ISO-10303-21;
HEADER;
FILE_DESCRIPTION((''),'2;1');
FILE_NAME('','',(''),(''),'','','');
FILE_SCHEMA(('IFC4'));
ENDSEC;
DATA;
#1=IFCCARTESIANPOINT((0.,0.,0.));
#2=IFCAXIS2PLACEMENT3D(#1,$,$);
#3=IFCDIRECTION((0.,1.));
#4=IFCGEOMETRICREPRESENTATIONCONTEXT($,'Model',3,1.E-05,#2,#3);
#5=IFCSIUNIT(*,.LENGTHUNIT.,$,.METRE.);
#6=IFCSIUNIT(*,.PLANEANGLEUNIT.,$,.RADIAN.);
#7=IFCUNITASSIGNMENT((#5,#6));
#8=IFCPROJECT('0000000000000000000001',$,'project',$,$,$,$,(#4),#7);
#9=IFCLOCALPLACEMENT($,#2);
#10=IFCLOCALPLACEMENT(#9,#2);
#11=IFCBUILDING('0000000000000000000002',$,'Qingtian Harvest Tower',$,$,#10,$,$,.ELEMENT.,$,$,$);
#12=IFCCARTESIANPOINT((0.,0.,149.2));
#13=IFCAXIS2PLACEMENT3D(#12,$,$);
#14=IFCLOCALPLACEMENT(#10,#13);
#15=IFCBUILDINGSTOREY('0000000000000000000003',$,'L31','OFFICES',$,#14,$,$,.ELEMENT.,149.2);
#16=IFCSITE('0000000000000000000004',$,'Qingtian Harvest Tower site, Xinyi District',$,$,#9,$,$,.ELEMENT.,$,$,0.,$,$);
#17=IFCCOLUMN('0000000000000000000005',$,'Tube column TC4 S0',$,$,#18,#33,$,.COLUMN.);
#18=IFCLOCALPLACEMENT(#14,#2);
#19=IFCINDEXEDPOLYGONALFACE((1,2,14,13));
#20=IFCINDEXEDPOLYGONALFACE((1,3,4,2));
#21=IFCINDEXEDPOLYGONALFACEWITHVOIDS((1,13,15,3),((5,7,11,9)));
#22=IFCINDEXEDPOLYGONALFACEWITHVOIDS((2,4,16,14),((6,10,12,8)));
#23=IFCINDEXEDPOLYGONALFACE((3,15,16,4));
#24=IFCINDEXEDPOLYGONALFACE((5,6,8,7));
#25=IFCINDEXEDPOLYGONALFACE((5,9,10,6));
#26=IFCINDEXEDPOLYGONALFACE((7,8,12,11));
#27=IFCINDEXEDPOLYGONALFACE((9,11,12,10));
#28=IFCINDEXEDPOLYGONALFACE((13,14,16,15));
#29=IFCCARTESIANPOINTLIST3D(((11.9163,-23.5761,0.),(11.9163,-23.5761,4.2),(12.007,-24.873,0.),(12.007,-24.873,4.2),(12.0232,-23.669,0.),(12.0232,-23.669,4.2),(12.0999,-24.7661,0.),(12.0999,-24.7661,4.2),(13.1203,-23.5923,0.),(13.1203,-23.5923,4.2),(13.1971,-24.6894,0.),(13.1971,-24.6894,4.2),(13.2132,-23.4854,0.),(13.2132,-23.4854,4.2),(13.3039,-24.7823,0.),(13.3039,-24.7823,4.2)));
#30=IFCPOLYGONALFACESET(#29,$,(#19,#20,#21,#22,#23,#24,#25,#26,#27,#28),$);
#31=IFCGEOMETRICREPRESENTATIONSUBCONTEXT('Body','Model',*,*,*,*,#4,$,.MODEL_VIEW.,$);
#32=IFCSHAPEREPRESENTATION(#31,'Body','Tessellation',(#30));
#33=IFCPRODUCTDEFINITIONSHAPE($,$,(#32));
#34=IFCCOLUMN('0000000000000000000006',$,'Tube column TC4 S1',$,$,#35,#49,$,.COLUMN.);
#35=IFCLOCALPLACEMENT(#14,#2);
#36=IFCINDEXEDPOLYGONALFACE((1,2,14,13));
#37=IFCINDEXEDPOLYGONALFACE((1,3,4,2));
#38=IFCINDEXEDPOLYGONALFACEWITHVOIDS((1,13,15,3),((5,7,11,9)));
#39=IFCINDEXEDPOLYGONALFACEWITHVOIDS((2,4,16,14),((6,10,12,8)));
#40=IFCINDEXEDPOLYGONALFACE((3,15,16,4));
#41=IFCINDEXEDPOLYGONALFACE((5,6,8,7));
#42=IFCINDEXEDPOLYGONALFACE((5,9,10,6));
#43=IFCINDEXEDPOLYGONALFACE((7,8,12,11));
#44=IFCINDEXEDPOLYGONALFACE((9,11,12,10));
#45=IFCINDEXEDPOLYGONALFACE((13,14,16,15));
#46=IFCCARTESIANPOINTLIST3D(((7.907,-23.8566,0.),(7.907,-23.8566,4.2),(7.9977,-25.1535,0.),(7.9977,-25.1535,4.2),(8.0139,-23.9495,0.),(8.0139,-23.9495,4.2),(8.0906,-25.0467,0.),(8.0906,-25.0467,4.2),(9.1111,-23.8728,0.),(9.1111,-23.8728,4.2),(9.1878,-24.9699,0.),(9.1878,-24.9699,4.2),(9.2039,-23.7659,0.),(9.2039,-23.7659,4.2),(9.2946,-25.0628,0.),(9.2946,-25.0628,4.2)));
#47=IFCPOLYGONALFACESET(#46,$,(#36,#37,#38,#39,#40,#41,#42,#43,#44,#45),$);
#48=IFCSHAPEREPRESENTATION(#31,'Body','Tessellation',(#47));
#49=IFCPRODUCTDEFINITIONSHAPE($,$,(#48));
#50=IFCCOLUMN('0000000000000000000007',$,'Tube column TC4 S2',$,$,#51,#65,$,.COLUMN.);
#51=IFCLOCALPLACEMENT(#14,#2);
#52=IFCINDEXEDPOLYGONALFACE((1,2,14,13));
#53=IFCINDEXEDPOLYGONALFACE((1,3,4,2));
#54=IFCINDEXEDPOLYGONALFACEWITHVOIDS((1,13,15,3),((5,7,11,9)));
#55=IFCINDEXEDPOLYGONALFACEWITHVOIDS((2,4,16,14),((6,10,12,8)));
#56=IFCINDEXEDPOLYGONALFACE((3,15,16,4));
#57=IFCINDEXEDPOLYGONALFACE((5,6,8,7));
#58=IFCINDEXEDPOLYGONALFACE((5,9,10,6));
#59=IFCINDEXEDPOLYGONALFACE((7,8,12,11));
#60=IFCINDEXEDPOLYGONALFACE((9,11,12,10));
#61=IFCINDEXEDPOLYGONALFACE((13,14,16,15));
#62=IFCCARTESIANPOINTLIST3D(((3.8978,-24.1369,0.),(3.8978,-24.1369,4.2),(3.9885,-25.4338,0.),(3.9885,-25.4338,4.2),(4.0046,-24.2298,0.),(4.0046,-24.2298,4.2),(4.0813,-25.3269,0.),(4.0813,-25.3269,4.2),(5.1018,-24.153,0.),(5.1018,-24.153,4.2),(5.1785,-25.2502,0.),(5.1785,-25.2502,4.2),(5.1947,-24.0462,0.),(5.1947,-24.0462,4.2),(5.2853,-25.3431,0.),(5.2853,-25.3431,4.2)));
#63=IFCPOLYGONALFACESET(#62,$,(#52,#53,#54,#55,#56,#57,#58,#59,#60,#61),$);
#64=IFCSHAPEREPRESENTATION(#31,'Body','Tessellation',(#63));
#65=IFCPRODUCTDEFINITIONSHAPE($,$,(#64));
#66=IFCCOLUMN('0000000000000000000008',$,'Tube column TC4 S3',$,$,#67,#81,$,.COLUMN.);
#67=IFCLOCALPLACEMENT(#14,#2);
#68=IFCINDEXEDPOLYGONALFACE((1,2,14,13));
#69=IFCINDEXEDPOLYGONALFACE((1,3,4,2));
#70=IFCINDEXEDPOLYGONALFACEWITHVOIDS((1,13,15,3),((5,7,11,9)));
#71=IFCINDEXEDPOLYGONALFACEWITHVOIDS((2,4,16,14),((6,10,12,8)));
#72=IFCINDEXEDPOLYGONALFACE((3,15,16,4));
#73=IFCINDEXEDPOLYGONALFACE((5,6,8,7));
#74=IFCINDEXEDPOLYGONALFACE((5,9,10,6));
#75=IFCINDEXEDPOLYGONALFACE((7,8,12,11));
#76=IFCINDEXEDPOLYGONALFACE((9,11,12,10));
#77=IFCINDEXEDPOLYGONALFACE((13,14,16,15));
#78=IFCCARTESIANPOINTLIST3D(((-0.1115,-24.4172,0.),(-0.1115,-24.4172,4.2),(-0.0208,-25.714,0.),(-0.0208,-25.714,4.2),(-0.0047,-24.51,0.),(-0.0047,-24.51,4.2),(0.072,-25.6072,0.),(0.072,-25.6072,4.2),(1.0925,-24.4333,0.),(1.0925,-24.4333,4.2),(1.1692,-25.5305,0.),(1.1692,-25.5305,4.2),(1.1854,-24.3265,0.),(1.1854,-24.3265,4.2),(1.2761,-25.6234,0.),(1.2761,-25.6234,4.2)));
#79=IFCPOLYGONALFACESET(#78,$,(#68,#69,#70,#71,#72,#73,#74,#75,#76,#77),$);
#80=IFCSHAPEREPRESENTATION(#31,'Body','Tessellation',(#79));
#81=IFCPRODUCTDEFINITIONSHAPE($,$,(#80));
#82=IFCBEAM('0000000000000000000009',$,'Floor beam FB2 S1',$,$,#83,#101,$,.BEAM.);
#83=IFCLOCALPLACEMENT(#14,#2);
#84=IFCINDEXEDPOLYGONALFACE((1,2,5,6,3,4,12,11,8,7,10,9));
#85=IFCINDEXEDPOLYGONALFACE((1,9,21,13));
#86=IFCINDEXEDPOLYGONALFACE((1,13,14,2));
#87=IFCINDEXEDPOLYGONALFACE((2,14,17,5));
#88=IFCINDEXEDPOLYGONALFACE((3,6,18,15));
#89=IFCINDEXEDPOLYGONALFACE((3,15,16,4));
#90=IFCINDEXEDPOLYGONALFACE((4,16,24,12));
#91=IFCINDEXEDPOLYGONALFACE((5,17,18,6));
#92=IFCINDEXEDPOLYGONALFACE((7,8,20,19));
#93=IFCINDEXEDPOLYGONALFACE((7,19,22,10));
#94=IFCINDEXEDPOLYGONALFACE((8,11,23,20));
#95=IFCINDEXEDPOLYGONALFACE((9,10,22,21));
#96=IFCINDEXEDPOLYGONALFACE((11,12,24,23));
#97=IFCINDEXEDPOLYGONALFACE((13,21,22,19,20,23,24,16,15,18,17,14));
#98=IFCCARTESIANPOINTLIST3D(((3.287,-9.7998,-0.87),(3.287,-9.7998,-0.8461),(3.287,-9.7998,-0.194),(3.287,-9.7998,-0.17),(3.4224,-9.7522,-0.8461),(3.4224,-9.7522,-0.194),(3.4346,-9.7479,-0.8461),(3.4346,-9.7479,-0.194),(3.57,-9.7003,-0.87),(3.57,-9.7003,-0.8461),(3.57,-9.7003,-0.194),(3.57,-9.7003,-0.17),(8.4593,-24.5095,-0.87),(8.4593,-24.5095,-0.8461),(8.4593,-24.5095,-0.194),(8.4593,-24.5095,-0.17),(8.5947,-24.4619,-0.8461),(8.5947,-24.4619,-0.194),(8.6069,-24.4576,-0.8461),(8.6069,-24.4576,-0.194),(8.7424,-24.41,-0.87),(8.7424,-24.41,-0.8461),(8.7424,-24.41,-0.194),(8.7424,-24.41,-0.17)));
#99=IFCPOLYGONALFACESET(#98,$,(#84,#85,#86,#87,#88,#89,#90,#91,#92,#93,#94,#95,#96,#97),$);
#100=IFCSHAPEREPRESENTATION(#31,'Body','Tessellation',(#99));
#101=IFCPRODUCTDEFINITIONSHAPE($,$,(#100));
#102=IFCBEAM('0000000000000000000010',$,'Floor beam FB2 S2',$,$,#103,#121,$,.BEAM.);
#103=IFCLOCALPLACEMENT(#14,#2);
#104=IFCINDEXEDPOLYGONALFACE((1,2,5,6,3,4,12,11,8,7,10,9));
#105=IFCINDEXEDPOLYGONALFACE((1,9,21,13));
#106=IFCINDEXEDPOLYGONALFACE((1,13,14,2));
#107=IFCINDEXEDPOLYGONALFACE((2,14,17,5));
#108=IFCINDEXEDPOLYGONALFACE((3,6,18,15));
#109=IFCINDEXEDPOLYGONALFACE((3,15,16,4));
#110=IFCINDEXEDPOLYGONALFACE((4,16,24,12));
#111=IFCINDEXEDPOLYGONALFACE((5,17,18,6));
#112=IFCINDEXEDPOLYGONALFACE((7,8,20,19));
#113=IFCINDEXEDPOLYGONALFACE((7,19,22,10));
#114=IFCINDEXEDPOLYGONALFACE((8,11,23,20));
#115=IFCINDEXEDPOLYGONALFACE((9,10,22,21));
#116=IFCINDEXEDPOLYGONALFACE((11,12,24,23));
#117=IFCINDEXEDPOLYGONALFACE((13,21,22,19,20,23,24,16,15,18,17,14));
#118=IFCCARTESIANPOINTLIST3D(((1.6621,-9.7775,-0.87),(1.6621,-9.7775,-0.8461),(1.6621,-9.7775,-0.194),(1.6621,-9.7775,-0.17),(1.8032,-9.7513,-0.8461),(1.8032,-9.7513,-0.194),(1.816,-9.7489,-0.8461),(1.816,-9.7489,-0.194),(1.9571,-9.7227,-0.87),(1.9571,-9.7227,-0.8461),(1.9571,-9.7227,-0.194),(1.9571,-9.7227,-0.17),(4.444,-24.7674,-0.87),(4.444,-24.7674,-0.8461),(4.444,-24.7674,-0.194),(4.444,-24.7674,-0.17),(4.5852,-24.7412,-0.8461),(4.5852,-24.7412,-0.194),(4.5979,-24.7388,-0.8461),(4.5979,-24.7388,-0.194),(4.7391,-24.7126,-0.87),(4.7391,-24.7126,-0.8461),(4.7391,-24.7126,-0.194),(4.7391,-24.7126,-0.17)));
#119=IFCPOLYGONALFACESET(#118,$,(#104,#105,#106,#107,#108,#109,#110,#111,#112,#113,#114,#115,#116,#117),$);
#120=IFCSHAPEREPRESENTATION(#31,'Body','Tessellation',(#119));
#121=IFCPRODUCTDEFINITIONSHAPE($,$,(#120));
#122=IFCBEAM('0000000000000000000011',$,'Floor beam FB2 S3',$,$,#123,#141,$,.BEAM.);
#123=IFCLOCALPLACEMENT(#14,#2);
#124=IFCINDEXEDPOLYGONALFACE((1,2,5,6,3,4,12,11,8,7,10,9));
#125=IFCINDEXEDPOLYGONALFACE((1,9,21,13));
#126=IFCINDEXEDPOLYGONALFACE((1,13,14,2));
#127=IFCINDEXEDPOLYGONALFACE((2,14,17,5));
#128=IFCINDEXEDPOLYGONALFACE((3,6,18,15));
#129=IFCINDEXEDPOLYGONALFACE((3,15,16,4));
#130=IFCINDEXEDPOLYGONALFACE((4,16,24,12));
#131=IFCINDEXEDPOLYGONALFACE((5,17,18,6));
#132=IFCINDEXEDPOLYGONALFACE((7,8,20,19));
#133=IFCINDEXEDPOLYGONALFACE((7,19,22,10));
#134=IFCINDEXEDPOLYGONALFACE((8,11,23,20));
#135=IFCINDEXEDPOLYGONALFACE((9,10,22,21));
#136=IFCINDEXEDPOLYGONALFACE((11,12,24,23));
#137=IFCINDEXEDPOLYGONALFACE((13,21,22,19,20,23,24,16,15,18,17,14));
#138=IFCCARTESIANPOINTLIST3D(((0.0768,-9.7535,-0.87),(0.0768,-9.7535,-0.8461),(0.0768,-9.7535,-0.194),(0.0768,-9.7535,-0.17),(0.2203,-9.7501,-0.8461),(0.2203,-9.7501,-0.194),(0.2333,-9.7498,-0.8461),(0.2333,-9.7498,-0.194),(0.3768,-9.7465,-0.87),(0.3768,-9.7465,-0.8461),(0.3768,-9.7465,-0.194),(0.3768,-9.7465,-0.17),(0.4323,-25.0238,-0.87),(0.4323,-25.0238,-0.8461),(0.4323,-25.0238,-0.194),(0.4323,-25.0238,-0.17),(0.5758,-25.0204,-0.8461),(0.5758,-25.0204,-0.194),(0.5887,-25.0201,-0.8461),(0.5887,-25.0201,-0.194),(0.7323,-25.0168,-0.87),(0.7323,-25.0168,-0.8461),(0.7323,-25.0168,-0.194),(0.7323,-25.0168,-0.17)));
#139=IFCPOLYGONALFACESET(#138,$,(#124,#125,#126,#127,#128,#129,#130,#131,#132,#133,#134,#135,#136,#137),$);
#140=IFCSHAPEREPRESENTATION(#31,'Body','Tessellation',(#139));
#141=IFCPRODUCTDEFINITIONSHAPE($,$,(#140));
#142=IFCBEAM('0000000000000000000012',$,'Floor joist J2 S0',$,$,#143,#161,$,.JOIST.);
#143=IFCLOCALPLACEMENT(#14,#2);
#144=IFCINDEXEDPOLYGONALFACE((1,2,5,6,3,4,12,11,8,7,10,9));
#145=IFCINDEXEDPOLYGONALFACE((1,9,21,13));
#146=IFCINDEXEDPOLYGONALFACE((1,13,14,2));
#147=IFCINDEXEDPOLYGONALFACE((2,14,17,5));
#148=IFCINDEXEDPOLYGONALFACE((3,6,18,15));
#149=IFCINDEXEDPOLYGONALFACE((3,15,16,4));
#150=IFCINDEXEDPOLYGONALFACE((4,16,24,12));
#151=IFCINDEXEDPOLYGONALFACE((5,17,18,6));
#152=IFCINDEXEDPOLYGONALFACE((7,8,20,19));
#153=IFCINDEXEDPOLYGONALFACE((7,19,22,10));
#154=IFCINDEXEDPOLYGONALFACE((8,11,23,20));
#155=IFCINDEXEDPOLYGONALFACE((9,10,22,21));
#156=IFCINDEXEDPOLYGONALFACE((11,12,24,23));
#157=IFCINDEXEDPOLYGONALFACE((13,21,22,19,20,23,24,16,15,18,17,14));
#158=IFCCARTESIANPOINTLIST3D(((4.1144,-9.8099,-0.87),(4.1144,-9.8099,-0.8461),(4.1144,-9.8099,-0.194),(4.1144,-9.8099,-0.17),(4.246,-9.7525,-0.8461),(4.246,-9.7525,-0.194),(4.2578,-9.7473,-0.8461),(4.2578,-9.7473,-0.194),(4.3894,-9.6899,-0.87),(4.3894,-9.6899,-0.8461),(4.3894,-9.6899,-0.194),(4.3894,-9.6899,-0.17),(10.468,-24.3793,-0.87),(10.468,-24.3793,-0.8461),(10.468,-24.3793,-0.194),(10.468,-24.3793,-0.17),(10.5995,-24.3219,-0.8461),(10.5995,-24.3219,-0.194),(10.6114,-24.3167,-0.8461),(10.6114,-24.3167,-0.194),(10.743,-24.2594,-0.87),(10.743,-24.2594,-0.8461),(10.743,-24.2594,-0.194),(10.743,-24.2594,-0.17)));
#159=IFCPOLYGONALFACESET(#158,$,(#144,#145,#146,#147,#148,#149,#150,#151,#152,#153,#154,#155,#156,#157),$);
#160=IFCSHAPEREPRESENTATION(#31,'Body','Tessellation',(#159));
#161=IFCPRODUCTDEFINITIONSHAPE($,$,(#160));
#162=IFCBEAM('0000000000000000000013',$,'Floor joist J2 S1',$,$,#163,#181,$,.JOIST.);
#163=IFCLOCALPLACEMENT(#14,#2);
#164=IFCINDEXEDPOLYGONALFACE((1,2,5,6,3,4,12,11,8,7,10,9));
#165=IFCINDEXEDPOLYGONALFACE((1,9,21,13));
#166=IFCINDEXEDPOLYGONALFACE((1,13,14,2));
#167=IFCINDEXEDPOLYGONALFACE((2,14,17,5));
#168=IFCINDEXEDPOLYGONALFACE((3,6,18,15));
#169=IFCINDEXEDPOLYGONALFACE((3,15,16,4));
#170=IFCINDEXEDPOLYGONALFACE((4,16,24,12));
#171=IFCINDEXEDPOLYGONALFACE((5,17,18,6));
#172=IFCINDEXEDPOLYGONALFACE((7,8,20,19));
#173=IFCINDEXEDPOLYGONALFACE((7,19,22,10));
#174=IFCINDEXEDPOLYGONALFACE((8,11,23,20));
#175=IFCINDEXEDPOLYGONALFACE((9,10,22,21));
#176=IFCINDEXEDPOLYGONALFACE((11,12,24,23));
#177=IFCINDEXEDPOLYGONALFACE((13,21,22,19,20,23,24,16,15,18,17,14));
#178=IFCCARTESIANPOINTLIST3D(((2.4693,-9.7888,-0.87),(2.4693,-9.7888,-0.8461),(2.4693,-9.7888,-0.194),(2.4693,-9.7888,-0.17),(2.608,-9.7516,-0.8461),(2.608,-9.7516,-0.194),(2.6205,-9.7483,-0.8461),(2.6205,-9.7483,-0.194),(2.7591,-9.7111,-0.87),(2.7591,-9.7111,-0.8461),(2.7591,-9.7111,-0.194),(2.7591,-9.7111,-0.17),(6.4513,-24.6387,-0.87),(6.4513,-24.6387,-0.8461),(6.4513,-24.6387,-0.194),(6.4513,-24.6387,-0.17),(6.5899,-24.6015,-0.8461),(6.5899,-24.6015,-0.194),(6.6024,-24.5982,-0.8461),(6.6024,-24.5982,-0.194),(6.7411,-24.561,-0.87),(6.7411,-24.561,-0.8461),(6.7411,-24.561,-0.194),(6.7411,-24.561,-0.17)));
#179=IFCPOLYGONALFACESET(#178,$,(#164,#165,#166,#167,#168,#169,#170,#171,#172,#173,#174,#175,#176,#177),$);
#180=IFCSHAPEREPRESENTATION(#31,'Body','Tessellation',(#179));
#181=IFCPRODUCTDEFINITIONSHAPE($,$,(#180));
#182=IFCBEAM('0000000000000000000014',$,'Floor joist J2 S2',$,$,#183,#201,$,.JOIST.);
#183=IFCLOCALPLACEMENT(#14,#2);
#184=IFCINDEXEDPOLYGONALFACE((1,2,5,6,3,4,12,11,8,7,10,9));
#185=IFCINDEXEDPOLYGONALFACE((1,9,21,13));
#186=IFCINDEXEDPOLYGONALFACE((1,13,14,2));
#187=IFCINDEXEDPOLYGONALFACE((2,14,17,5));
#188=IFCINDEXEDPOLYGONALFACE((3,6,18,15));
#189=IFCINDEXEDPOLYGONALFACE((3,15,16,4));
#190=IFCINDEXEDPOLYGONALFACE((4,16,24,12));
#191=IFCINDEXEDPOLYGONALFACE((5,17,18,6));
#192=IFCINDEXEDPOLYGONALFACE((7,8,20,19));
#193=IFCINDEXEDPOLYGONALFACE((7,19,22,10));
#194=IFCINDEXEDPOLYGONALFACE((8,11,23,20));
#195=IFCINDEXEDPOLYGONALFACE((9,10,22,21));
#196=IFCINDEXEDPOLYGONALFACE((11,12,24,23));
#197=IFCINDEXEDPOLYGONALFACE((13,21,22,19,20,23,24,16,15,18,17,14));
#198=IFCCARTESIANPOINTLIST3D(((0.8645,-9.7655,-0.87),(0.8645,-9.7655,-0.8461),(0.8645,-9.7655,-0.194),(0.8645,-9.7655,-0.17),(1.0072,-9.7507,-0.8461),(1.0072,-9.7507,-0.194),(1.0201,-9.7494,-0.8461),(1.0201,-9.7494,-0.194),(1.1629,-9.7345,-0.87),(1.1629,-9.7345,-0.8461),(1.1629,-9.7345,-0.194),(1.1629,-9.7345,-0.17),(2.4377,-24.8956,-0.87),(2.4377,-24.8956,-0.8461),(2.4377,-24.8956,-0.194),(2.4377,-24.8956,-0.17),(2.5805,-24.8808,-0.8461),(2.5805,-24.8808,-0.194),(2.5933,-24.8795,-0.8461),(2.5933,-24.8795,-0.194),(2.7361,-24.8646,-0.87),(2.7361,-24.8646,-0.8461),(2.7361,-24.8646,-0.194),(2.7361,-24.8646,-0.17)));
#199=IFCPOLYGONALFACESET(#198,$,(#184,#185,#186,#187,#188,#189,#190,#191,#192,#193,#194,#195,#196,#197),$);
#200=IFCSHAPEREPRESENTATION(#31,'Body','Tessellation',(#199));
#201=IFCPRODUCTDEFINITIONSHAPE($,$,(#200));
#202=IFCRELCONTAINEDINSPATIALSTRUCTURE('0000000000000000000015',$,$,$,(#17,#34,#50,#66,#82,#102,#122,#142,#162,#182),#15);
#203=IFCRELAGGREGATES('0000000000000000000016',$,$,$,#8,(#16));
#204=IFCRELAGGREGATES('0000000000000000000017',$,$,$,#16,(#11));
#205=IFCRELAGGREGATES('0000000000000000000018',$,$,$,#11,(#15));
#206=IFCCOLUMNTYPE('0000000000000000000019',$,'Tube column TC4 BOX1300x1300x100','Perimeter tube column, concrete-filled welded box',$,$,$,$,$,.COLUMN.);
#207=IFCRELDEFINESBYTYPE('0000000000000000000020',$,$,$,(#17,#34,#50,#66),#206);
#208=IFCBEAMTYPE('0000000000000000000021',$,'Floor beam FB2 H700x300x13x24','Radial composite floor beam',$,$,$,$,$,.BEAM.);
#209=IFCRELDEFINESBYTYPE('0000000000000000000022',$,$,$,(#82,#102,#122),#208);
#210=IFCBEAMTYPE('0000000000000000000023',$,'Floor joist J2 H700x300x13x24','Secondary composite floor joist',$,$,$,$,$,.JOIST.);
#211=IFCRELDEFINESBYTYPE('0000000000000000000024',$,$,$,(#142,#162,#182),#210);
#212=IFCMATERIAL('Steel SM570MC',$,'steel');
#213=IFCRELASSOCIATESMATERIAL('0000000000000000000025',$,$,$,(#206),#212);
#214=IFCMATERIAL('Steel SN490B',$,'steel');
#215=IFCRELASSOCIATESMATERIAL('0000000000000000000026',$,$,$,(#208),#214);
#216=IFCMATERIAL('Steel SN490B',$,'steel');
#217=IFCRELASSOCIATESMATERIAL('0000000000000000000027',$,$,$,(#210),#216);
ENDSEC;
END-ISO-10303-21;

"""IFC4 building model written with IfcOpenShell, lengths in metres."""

from ifc_helpers import new_model, si_unit, direction, frame, origin, origin_2d, place, context, subcontext, project, spatial, hollow_rectangle, i_section, extrude, material, material_profile, profile_set, type_object, element, save


model = new_model("IFC4")

# Units and contexts
model_context = context("Model", 3, precision=1e-05, world=origin(), true_north=direction((0.0, 1.0)))
body_context = subcontext(model_context, "Body", "Model", "MODEL_VIEW")
ifc_project = project(units=[si_unit("LENGTHUNIT", "METRE"), si_unit("PLANEANGLEUNIT", "RADIAN")], contexts=[model_context])

# Site, building, storey
site_placement = place(None, origin())
site = spatial("IfcSite", under=ifc_project, at=site_placement, Name="Qingtian Harvest Tower site, Xinyi District", CompositionType="ELEMENT", RefElevation=0.0)
building_placement = place(site_placement, origin())
building = spatial("IfcBuilding", under=site, at=building_placement, Name="Qingtian Harvest Tower", CompositionType="ELEMENT")
storey_placement = place(building_placement, frame((0.0, 0.0, 149.2)))
storey = spatial("IfcBuildingStorey", under=building, at=storey_placement, Name="L31", Description="OFFICES", CompositionType="ELEMENT", Elevation=149.2)

# Columns
ifc_material_1 = material(Name="Steel SM570MC", Category="steel")
ifc_material_profile_1 = material_profile(ifc_material_1, hollow_rectangle(XDim=1.3, YDim=1.3, WallThickness=0.1001, at=origin_2d()), Name="BOX1300x1300x100")
ifc_profile_set_1 = profile_set([ifc_material_profile_1], Name="Steel SM570MC")
column_type = type_object("IfcColumnType", Name="Tube column TC4 BOX1300x1300x100", Description="Perimeter tube column, concrete-filled welded box", PredefinedType="COLUMN", material=ifc_profile_set_1)
for number, where, z_axis, x_axis, name in (
    (1, (12.6101, -24.1792, 0.0), (0.0, 0.0, 1.0), (0.997564, 0.069756, 0.0), "Tube column TC4 S0"),
    (2, (8.6008, -24.4597, 0.0), (0.0, 0.0, 1.0), (0.997564, 0.069756, 0.0), "Tube column TC4 S1"),
    (3, (4.5916, -24.74, 0.0), (0.0, 0.0, 1.0), (0.997564, 0.069756, 0.0), "Tube column TC4 S2"),
    (4, (0.5823, -25.0203, 0.0), (0.0, 0.0, 1.0), (0.997564, 0.069756, 0.0), "Tube column TC4 S3"),
):
    element("IfcColumn", number, at=place(storey_placement, frame(where, z_axis=z_axis, x_axis=x_axis)), inside=storey, type_object=column_type, Name=name, PredefinedType="COLUMN", context=body_context, shape_type="SweptSolid", body=[
        extrude(hollow_rectangle(XDim=1.3, YDim=1.3, WallThickness=0.1001, at=origin_2d()), origin(), (0.0, 0.0, 1.0), 4.2),
    ])

# Beams
ifc_material_2 = material(Name="Steel SN490B", Category="steel")
ifc_material_profile_2 = material_profile(ifc_material_2, i_section(OverallWidth=0.3, OverallDepth=0.7, WebThickness=0.0129, FlangeThickness=0.0239, at=origin_2d()), Name="H700x300x13x24")
ifc_profile_set_2 = profile_set([ifc_material_profile_2], Name="Steel SN490B")
beam_type_1 = type_object("IfcBeamType", Name="Floor beam FB2 H700x300x13x24", Description="Radial composite floor beam", PredefinedType="BEAM", material=ifc_profile_set_2)
beam_1_placement = place(storey_placement, frame((8.6008, -24.4597, -0.52), z_axis=(-0.331719, 0.943378, 0.0), x_axis=(-0.943378, -0.331719, 0.0)))
element("IfcBeam", 5, at=beam_1_placement, inside=storey, type_object=beam_type_1, Name="Floor beam FB2 S1", PredefinedType="BEAM", context=body_context, shape_type="SweptSolid", body=[
    extrude(i_section(OverallWidth=0.3, OverallDepth=0.7, WebThickness=0.0129, FlangeThickness=0.0239, at=origin_2d()), origin(), (0.0, 0.0, 1.0), 15.5925),
])
beam_2_placement = place(storey_placement, frame((4.5916, -24.74, -0.52), z_axis=(-0.182473, 0.983211, 0.0), x_axis=(-0.983211, -0.182473, 0.0)))
element("IfcBeam", 6, at=beam_2_placement, inside=storey, type_object=beam_type_1, Name="Floor beam FB2 S2", PredefinedType="BEAM", context=body_context, shape_type="SweptSolid", body=[
    extrude(i_section(OverallWidth=0.3, OverallDepth=0.7, WebThickness=0.0129, FlangeThickness=0.0239, at=origin_2d()), origin(), (0.0, 0.0, 1.0), 15.2458),
])
beam_3_placement = place(storey_placement, frame((0.5823, -25.0203, -0.52), z_axis=(-0.023272, 0.999729, 0.0), x_axis=(-0.999729, -0.023272, 0.0)))
element("IfcBeam", 7, at=beam_3_placement, inside=storey, type_object=beam_type_1, Name="Floor beam FB2 S3", PredefinedType="BEAM", context=body_context, shape_type="SweptSolid", body=[
    extrude(i_section(OverallWidth=0.3, OverallDepth=0.7, WebThickness=0.0129, FlangeThickness=0.0239, at=origin_2d()), origin(), (0.0, 0.0, 1.0), 15.2744),
])
ifc_material_3 = material(Name="Steel SN490B", Category="steel")
ifc_material_profile_3 = material_profile(ifc_material_3, i_section(OverallWidth=0.3, OverallDepth=0.7, WebThickness=0.0129, FlangeThickness=0.0239, at=origin_2d()), Name="H700x300x13x24")
ifc_profile_set_3 = profile_set([ifc_material_profile_3], Name="Steel SN490B")
beam_type_2 = type_object("IfcBeamType", Name="Floor joist J2 H700x300x13x24", Description="Secondary composite floor joist", PredefinedType="JOIST", material=ifc_profile_set_3)
beam_4_placement = place(storey_placement, frame((10.6055, -24.3193, -0.52), z_axis=(-0.399732, 0.916632, 0.0), x_axis=(-0.916632, -0.399732, 0.0)))
element("IfcBeam", 8, at=beam_4_placement, inside=storey, type_object=beam_type_2, Name="Floor joist J2 S0", PredefinedType="JOIST", context=body_context, shape_type="SweptSolid", body=[
    extrude(i_section(OverallWidth=0.3, OverallDepth=0.7, WebThickness=0.0129, FlangeThickness=0.0239, at=origin_2d()), origin(), (0.0, 0.0, 1.0), 15.8945),
])
beam_5_placement = place(storey_placement, frame((6.5962, -24.5999, -0.52), z_axis=(-0.258997, 0.965878, 0.0), x_axis=(-0.965878, -0.258997, 0.0)))
element("IfcBeam", 9, at=beam_5_placement, inside=storey, type_object=beam_type_2, Name="Floor joist J2 S1", PredefinedType="JOIST", context=body_context, shape_type="SweptSolid", body=[
    extrude(i_section(OverallWidth=0.3, OverallDepth=0.7, WebThickness=0.0129, FlangeThickness=0.0239, at=origin_2d()), origin(), (0.0, 0.0, 1.0), 15.3745),
])
beam_6_placement = place(storey_placement, frame((2.5869, -24.8801, -0.52), z_axis=(-0.103423, 0.994637, 0.0), x_axis=(-0.994637, -0.103423, 0.0)))
element("IfcBeam", 10, at=beam_6_placement, inside=storey, type_object=beam_type_2, Name="Floor joist J2 S2", PredefinedType="JOIST", context=body_context, shape_type="SweptSolid", body=[
    extrude(i_section(OverallWidth=0.3, OverallDepth=0.7, WebThickness=0.0129, FlangeThickness=0.0239, at=origin_2d()), origin(), (0.0, 0.0, 1.0), 15.2117),
])

save(model, "model.ifc")
